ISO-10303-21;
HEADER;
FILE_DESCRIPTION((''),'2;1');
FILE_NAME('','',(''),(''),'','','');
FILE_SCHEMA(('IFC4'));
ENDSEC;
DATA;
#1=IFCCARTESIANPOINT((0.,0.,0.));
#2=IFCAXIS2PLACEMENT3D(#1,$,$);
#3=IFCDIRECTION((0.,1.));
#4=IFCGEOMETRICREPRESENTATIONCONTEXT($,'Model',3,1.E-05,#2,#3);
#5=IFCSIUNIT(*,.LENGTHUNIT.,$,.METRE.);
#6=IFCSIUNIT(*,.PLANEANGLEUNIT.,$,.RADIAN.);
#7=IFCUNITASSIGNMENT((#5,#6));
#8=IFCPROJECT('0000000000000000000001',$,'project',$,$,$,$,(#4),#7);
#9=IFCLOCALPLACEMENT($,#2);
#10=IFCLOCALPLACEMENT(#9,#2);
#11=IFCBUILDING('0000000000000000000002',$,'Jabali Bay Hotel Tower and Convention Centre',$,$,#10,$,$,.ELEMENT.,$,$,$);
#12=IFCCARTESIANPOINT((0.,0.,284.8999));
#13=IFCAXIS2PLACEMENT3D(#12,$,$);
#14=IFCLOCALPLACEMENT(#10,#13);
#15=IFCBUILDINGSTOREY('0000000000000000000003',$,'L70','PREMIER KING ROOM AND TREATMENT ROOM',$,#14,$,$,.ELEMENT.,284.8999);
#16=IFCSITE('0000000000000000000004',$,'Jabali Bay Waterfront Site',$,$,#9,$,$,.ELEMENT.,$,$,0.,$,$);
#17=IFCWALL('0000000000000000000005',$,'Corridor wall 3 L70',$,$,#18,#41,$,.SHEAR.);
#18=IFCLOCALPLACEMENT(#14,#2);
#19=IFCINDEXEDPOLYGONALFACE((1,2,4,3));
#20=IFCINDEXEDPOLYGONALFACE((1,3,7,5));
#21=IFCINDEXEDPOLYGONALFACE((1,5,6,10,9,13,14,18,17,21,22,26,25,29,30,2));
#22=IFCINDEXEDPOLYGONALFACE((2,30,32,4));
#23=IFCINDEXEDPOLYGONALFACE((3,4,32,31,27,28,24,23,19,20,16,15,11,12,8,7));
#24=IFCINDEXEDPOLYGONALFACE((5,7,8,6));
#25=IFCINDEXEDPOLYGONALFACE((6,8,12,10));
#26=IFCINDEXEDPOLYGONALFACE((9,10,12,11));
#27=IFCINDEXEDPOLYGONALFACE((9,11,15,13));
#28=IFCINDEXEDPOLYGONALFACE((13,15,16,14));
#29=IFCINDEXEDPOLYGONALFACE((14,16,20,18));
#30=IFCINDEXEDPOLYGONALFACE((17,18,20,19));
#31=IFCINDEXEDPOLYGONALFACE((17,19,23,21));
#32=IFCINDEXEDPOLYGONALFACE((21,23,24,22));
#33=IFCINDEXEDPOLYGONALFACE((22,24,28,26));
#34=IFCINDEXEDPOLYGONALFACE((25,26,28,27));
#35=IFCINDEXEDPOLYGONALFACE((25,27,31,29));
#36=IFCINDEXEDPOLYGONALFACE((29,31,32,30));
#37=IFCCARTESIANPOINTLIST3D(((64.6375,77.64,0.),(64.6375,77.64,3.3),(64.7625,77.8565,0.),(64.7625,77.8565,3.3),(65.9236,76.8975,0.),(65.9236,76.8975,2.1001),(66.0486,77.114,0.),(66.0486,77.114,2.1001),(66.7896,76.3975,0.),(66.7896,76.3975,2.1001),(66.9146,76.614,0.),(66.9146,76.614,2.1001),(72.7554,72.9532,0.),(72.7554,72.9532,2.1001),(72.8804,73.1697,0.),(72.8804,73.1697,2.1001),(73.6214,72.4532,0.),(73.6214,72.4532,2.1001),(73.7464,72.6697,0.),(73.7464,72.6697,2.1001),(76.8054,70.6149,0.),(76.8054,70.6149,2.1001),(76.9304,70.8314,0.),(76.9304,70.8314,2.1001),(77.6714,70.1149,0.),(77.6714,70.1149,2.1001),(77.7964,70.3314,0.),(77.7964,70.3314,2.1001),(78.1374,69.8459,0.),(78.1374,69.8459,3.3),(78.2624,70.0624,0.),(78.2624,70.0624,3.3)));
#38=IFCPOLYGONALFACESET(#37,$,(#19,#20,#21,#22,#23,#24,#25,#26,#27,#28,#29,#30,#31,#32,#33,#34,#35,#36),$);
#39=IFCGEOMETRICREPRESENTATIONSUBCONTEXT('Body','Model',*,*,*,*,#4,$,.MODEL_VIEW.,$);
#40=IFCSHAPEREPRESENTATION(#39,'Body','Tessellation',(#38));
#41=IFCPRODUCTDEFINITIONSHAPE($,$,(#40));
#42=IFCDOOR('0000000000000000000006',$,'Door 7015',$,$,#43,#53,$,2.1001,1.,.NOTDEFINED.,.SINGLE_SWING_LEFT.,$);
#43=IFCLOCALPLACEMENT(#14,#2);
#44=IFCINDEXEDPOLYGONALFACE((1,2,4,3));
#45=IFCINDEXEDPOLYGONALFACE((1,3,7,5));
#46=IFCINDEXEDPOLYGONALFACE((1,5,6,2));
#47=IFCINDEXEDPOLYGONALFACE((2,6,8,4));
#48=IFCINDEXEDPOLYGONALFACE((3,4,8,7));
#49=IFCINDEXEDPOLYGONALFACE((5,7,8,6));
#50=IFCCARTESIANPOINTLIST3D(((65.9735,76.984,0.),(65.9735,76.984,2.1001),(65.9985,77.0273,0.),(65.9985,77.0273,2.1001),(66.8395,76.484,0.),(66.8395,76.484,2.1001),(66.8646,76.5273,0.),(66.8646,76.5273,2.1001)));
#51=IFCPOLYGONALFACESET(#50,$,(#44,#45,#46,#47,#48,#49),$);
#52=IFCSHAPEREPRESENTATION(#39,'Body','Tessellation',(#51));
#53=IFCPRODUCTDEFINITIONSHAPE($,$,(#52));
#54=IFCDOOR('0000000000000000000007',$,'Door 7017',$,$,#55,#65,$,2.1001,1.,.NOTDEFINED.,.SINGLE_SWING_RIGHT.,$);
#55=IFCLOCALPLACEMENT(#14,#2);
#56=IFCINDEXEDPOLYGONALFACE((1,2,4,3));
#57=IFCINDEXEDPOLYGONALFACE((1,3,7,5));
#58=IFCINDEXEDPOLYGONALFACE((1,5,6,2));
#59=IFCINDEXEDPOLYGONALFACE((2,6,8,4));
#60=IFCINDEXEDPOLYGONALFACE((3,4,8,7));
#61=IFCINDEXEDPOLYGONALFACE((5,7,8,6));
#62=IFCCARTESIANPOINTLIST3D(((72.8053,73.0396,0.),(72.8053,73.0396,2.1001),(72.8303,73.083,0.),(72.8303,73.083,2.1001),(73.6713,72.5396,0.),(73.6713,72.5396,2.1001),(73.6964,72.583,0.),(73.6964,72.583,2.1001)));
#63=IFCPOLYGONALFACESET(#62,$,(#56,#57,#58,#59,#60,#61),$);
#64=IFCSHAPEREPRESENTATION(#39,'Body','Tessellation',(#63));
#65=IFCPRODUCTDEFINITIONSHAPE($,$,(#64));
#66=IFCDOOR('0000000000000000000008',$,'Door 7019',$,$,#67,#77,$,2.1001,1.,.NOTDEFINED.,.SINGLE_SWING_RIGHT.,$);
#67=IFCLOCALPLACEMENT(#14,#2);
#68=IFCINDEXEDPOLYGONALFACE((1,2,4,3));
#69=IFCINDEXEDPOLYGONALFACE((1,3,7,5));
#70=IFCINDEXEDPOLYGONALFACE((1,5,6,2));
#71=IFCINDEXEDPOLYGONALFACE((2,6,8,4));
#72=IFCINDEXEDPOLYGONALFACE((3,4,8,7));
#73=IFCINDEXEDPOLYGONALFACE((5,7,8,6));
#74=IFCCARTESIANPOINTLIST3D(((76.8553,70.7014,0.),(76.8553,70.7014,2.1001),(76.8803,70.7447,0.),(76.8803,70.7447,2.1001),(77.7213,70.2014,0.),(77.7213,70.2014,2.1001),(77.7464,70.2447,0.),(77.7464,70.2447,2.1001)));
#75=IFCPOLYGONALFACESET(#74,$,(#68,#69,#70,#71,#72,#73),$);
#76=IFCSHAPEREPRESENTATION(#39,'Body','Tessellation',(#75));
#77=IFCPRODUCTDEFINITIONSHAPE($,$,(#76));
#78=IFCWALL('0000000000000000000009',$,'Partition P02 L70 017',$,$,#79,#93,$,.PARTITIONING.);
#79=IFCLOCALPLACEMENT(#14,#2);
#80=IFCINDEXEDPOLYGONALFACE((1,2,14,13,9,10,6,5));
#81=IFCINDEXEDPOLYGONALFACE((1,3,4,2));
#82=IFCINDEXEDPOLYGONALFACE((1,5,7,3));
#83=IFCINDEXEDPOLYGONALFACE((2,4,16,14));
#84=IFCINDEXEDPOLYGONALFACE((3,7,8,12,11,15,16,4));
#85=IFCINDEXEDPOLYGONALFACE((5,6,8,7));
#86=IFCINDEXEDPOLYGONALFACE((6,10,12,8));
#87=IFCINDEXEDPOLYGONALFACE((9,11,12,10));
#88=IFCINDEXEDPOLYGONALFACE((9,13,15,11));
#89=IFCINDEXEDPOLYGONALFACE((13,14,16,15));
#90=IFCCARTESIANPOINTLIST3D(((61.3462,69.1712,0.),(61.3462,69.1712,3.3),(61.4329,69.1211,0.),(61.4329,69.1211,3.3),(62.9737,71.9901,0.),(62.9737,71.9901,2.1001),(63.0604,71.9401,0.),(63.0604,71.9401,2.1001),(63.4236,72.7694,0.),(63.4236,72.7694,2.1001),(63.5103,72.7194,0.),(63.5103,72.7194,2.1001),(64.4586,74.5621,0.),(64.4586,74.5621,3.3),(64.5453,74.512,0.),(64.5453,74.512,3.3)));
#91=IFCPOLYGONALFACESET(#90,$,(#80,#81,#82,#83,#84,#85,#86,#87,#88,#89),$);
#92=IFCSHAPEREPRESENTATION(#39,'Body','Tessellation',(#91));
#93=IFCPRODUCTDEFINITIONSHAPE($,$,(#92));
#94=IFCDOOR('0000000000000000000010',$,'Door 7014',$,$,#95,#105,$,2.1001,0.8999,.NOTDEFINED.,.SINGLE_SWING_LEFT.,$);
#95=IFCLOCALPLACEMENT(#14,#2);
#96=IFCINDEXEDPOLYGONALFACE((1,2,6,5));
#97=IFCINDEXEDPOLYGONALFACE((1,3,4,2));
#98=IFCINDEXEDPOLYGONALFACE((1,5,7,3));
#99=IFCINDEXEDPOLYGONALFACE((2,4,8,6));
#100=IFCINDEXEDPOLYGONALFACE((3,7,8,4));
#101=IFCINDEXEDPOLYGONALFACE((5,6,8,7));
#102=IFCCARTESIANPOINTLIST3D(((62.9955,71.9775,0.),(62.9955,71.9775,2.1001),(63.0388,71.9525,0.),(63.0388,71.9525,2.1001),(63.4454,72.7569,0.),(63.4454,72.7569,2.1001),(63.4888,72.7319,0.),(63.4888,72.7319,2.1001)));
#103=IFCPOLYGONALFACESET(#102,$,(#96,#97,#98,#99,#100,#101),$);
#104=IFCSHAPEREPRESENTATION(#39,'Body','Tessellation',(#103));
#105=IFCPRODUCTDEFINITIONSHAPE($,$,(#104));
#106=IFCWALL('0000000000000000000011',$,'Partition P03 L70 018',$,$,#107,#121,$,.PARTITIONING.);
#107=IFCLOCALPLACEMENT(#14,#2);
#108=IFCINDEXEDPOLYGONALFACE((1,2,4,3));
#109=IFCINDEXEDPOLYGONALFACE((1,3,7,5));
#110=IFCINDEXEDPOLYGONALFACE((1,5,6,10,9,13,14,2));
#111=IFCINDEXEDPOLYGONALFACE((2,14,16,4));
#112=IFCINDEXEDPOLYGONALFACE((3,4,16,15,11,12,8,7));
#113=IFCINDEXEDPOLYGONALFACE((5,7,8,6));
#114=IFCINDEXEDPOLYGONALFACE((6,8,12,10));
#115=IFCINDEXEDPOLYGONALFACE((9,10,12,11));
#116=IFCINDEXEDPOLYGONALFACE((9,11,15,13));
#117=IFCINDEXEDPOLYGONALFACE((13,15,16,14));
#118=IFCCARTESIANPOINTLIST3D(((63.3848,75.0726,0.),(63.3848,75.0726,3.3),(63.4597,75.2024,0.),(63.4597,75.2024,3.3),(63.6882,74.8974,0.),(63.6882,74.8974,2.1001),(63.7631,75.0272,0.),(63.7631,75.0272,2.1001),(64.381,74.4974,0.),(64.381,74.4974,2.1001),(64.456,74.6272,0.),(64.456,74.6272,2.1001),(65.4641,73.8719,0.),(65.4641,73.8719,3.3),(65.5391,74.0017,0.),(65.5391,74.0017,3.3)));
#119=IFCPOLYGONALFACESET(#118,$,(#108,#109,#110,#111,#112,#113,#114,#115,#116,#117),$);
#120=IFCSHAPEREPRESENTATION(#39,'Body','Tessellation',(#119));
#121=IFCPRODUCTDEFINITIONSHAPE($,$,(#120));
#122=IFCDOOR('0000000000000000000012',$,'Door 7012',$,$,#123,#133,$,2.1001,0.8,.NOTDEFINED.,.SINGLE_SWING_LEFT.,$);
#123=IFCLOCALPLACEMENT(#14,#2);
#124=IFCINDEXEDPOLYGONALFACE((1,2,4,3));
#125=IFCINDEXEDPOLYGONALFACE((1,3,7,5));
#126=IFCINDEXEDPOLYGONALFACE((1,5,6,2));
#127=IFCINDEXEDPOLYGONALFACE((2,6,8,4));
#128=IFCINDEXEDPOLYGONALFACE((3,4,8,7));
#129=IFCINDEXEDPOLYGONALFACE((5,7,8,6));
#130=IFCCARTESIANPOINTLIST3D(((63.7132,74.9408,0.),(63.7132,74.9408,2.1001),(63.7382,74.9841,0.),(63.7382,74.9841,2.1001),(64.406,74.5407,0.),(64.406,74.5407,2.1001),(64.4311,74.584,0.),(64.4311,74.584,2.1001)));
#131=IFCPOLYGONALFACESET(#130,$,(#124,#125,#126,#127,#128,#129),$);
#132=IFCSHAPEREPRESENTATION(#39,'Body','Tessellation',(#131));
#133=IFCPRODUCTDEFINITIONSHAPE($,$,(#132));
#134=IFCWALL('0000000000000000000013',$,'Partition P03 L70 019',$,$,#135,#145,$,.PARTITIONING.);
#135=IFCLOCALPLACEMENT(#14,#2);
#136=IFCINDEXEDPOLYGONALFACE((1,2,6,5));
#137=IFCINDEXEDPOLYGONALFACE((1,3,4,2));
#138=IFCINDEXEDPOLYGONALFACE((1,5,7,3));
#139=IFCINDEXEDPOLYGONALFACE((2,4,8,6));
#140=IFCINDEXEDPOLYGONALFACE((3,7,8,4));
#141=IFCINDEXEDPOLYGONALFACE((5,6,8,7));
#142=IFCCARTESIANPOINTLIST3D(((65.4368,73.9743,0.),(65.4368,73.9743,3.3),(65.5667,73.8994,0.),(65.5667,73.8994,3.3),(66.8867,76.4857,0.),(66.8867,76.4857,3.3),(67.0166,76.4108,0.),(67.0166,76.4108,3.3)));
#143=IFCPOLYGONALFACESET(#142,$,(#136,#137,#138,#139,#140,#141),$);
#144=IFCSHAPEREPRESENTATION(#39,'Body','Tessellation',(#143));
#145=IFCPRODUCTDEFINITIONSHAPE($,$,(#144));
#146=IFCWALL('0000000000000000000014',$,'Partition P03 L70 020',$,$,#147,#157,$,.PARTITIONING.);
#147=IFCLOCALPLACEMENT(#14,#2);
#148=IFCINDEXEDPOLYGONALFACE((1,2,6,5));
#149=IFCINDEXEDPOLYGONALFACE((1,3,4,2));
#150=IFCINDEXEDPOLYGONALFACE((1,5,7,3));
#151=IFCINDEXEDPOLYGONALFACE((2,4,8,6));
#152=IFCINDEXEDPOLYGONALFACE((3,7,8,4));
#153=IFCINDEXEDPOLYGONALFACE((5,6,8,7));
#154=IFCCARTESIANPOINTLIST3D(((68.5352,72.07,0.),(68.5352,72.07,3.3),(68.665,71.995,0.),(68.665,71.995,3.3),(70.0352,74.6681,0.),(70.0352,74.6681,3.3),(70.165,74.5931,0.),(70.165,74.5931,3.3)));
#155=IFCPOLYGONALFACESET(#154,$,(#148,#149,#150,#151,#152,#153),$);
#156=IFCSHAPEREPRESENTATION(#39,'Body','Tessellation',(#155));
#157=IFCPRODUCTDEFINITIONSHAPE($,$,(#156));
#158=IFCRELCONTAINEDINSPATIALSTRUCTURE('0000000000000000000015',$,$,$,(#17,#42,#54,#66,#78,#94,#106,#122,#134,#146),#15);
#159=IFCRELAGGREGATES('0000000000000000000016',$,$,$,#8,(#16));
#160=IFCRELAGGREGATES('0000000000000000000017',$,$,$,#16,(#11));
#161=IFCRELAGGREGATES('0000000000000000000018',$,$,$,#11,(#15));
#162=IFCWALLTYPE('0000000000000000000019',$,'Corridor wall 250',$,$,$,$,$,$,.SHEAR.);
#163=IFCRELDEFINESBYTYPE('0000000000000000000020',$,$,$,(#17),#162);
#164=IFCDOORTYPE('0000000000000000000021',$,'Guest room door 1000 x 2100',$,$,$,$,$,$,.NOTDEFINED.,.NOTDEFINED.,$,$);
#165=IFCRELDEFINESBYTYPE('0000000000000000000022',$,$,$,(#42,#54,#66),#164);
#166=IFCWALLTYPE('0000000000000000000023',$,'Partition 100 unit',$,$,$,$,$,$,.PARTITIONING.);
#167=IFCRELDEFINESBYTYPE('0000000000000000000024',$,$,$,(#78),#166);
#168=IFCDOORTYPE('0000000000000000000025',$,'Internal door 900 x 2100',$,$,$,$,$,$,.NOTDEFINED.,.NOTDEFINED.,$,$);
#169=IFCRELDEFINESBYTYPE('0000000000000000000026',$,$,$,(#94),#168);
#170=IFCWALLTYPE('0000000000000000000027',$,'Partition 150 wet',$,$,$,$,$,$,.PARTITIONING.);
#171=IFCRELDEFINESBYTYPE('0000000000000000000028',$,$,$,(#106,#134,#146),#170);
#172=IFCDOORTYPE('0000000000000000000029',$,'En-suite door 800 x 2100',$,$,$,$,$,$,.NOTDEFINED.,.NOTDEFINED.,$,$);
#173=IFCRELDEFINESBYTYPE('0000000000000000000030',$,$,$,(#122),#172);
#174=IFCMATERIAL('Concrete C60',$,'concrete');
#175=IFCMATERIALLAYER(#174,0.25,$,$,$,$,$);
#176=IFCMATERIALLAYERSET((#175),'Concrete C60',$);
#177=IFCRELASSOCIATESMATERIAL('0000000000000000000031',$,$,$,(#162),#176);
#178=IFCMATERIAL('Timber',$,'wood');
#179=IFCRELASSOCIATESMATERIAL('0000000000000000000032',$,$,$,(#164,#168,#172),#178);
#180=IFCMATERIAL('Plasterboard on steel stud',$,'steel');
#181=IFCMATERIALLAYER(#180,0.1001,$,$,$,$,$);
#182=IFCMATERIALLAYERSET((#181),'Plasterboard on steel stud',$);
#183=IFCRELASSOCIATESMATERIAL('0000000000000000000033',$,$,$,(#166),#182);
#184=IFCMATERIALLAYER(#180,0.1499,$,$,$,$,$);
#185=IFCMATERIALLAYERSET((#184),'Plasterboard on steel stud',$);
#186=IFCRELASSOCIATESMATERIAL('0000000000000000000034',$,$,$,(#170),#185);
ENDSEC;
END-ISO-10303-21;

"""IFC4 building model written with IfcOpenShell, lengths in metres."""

from ifc_helpers import new_model, si_unit, direction, frame, frame_2d, origin, place, context, subcontext, project, spatial, rectangle, extrude, material, layer, layer_set, type_object, element, fill, save


model = new_model("IFC4")

# Units and contexts
model_context = context("Model", 3, precision=1e-05, world=origin(), true_north=direction((0.0, 1.0)))
body_context = subcontext(model_context, "Body", "Model", "MODEL_VIEW")
ifc_project = project(units=[si_unit("LENGTHUNIT", "METRE"), si_unit("PLANEANGLEUNIT", "RADIAN")], contexts=[model_context])

# Site, building, storey
site_placement = place(None, origin())
site = spatial("IfcSite", under=ifc_project, at=site_placement, Name="Jabali Bay Waterfront Site", CompositionType="ELEMENT", RefElevation=0.0)
building_placement = place(site_placement, origin())
building = spatial("IfcBuilding", under=site, at=building_placement, Name="Jabali Bay Hotel Tower and Convention Centre", CompositionType="ELEMENT")
storey_placement = place(building_placement, frame((0.0, 0.0, 284.8999)))
storey = spatial("IfcBuildingStorey", under=building, at=storey_placement, Name="L70", Description="PREMIER KING ROOM AND TREATMENT ROOM", CompositionType="ELEMENT", Elevation=284.8999)

# Shared definitions
ifc_material_1 = material(Name="Concrete C60", Category="concrete")

# Wall, openings, doors
ifc_layer_1 = layer(ifc_material_1, 0.25)
ifc_layer_set_1 = layer_set([ifc_layer_1], Name="Concrete C60")
wall_type_1 = type_object("IfcWallType", Name="Corridor wall 250", PredefinedType="SHEAR", material=ifc_layer_set_1)
wall_1_placement = place(storey_placement, frame((64.7, 77.7483, 0.0), z_axis=(0.0, 0.0, 1.0), x_axis=(0.866026, -0.499998, 0.0)))
wall_1 = element("IfcWall", 1, at=wall_1_placement, inside=storey, type_object=wall_type_1, Name="Corridor wall 3 L70", PredefinedType="SHEAR", context=body_context, shape_type="SweptSolid", body=[
    extrude(rectangle(XDim=15.5884, YDim=0.25, at=frame_2d((7.7942, 0.0))), origin(), (0.0, 0.0, 1.0), 3.3),
])
opening_1_placement = place(wall_1_placement, frame((1.4851, 0.0, 0.0)))
opening_1 = element("IfcOpeningElement", 2, at=opening_1_placement, cuts=wall_1, PredefinedType="OPENING", context=body_context, shape_type="SweptSolid", body=[
    extrude(rectangle(XDim=1.0, YDim=2.1001, at=frame_2d((0.5, 1.05))), frame((0.0, 0.1355, 0.0), z_axis=(0.0, -1.0, 0.0), x_axis=(1.0, 0.0, 0.0)), (0.0, 0.0, 1.0), 0.271),
])
opening_2_placement = place(wall_1_placement, frame((9.3738, 0.0, 0.0)))
opening_2 = element("IfcOpeningElement", 3, at=opening_2_placement, cuts=wall_1, PredefinedType="OPENING", context=body_context, shape_type="SweptSolid", body=[
    extrude(rectangle(XDim=1.0, YDim=2.1001, at=frame_2d((0.5, 1.05))), frame((0.0, 0.1355, 0.0), z_axis=(0.0, -1.0, 0.0), x_axis=(1.0, 0.0, 0.0)), (0.0, 0.0, 1.0), 0.271),
])
opening_3_placement = place(wall_1_placement, frame((14.0503, 0.0, 0.0)))
opening_3 = element("IfcOpeningElement", 4, at=opening_3_placement, cuts=wall_1, PredefinedType="OPENING", context=body_context, shape_type="SweptSolid", body=[
    extrude(rectangle(XDim=1.0, YDim=2.1001, at=frame_2d((0.5, 1.05))), frame((0.0, 0.1355, 0.0), z_axis=(0.0, -1.0, 0.0), x_axis=(1.0, 0.0, 0.0)), (0.0, 0.0, 1.0), 0.271),
])
ifc_material_2 = material(Name="Timber", Category="wood")
door_type_1 = type_object("IfcDoorType", Name="Guest room door 1000 x 2100", OperationType="NOTDEFINED", PredefinedType="NOTDEFINED", material=ifc_material_2)
door_1_placement = place(opening_1_placement, origin())
door_1 = element("IfcDoor", 5, at=door_1_placement, inside=storey, type_object=door_type_1, Name="Door 7015", OperationType="SINGLE_SWING_LEFT", OverallHeight=2.1001, OverallWidth=1.0, PredefinedType="NOTDEFINED", context=body_context, shape_type="SweptSolid", body=[
    extrude(rectangle(XDim=1.0, YDim=2.1001, at=frame_2d((0.5, 1.05))), frame((0.0, 0.0249, 0.0), z_axis=(0.0, -1.0, 0.0), x_axis=(1.0, 0.0, 0.0)), (0.0, 0.0, 1.0), 0.05),
])
fill(opening_1, door_1)
door_2_placement = place(opening_2_placement, origin())
door_2 = element("IfcDoor", 6, at=door_2_placement, inside=storey, type_object=door_type_1, Name="Door 7017", OperationType="SINGLE_SWING_RIGHT", OverallHeight=2.1001, OverallWidth=1.0, PredefinedType="NOTDEFINED", context=body_context, shape_type="SweptSolid", body=[
    extrude(rectangle(XDim=1.0, YDim=2.1001, at=frame_2d((0.5, 1.05))), frame((0.0, 0.0249, 0.0), z_axis=(0.0, -1.0, 0.0), x_axis=(1.0, 0.0, 0.0)), (0.0, 0.0, 1.0), 0.05),
])
fill(opening_2, door_2)
door_3_placement = place(opening_3_placement, origin())
door_3 = element("IfcDoor", 7, at=door_3_placement, inside=storey, type_object=door_type_1, Name="Door 7019", OperationType="SINGLE_SWING_RIGHT", OverallHeight=2.1001, OverallWidth=1.0, PredefinedType="NOTDEFINED", context=body_context, shape_type="SweptSolid", body=[
    extrude(rectangle(XDim=1.0, YDim=2.1001, at=frame_2d((0.5, 1.05))), frame((0.0, 0.0249, 0.0), z_axis=(0.0, -1.0, 0.0), x_axis=(1.0, 0.0, 0.0)), (0.0, 0.0, 1.0), 0.05),
])
fill(opening_3, door_3)

# Walls, openings, doors
ifc_material_3 = material(Name="Plasterboard on steel stud", Category="steel")
ifc_layer_2 = layer(ifc_material_3, 0.1001)
ifc_layer_set_2 = layer_set([ifc_layer_2], Name="Plasterboard on steel stud")
wall_type_2 = type_object("IfcWallType", Name="Partition 100 unit", PredefinedType="PARTITIONING", material=ifc_layer_set_2)
wall_2_placement = place(storey_placement, frame((61.3896, 69.1462, 0.0), z_axis=(0.0, 0.0, 1.0), x_axis=(0.499986, 0.866033, 0.0)))
wall_2 = element("IfcWall", 8, at=wall_2_placement, inside=storey, type_object=wall_type_2, Name="Partition P02 L70 017", PredefinedType="PARTITIONING", context=body_context, shape_type="SweptSolid", body=[
    extrude(rectangle(XDim=6.2249, YDim=0.1001, at=frame_2d((3.1123, 0.0))), origin(), (0.0, 0.0, 1.0), 3.3),
])
opening_4_placement = place(wall_2_placement, frame((3.2549, 0.0, 0.0)))
opening_4 = element("IfcOpeningElement", 9, at=opening_4_placement, cuts=wall_2, PredefinedType="OPENING", context=body_context, shape_type="SweptSolid", body=[
    extrude(rectangle(XDim=0.8999, YDim=2.1001, at=frame_2d((0.45, 1.05))), frame((0.0, 0.0605, 0.0), z_axis=(0.0, -1.0, 0.0), x_axis=(1.0, 0.0, 0.0)), (0.0, 0.0, 1.0), 0.1211),
])
door_type_2 = type_object("IfcDoorType", Name="Internal door 900 x 2100", OperationType="NOTDEFINED", PredefinedType="NOTDEFINED", material=ifc_material_2)
door_4_placement = place(opening_4_placement, origin())
door_4 = element("IfcDoor", 10, at=door_4_placement, inside=storey, type_object=door_type_2, Name="Door 7014", OperationType="SINGLE_SWING_LEFT", OverallHeight=2.1001, OverallWidth=0.8999, PredefinedType="NOTDEFINED", context=body_context, shape_type="SweptSolid", body=[
    extrude(rectangle(XDim=0.8999, YDim=2.1001, at=frame_2d((0.45, 1.05))), frame((0.0, 0.0249, 0.0), z_axis=(0.0, -1.0, 0.0), x_axis=(1.0, 0.0, 0.0)), (0.0, 0.0, 1.0), 0.05),
])
fill(opening_4, door_4)
ifc_layer_3 = layer(ifc_material_3, 0.1499)
ifc_layer_set_3 = layer_set([ifc_layer_3], Name="Plasterboard on steel stud")
wall_type_3 = type_object("IfcWallType", Name="Partition 150 wet", PredefinedType="PARTITIONING", material=ifc_layer_set_3)
wall_3_placement = place(storey_placement, frame((65.5017, 73.9368, 0.0), z_axis=(0.0, 0.0, 1.0), x_axis=(-0.865994, 0.500054, 0.0)))
wall_3 = element("IfcWall", 11, at=wall_3_placement, inside=storey, type_object=wall_type_3, Name="Partition P03 L70 018", PredefinedType="PARTITIONING", context=body_context, shape_type="SweptSolid", body=[
    extrude(rectangle(XDim=2.4011, YDim=0.1499, at=frame_2d((1.2007, 0.0))), origin(), (0.0, 0.0, 1.0), 3.3),
])
opening_5_placement = place(wall_3_placement, frame((1.251, 0.0, 0.0)))
opening_5 = element("IfcOpeningElement", 12, at=opening_5_placement, cuts=wall_3, PredefinedType="OPENING", context=body_context, shape_type="SweptSolid", body=[
    extrude(rectangle(XDim=0.8, YDim=2.1001, at=frame_2d((0.3999, 1.05))), frame((0.0, 0.0854, 0.0), z_axis=(0.0, -1.0, 0.0), x_axis=(1.0, 0.0, 0.0)), (0.0, 0.0, 1.0), 0.1709),
])
door_type_3 = type_object("IfcDoorType", Name="En-suite door 800 x 2100", OperationType="NOTDEFINED", PredefinedType="NOTDEFINED", material=ifc_material_2)
door_5_placement = place(opening_5_placement, origin())
door_5 = element("IfcDoor", 13, at=door_5_placement, inside=storey, type_object=door_type_3, Name="Door 7012", OperationType="SINGLE_SWING_LEFT", OverallHeight=2.1001, OverallWidth=0.8, PredefinedType="NOTDEFINED", context=body_context, shape_type="SweptSolid", body=[
    extrude(rectangle(XDim=0.8, YDim=2.1001, at=frame_2d((0.3999, 1.05))), frame((0.0, 0.0249, 0.0), z_axis=(0.0, -1.0, 0.0), x_axis=(1.0, 0.0, 0.0)), (0.0, 0.0, 1.0), 0.05),
])
fill(opening_5, door_5)

# Walls
wall_4_placement = place(storey_placement, frame((66.9517, 76.4482, 0.0), z_axis=(0.0, 0.0, 1.0), x_axis=(-0.499987, -0.866033, 0.0)))
element("IfcWall", 14, at=wall_4_placement, inside=storey, type_object=wall_type_3, Name="Partition P03 L70 019", PredefinedType="PARTITIONING", context=body_context, shape_type="SweptSolid", body=[
    extrude(rectangle(XDim=2.8999, YDim=0.1499, at=frame_2d((1.45, 0.0))), origin(), (0.0, 0.0, 1.0), 3.3),
])
wall_5_placement = place(storey_placement, frame((70.1001, 74.6306, 0.0), z_axis=(0.0, 0.0, 1.0), x_axis=(-0.49999, -0.866031, 0.0)))
element("IfcWall", 15, at=wall_5_placement, inside=storey, type_object=wall_type_3, Name="Partition P03 L70 020", PredefinedType="PARTITIONING", context=body_context, shape_type="SweptSolid", body=[
    extrude(rectangle(XDim=3.0, YDim=0.1499, at=frame_2d((1.5, 0.0))), origin(), (0.0, 0.0, 1.0), 3.3),
])

save(model, "model.ifc")
